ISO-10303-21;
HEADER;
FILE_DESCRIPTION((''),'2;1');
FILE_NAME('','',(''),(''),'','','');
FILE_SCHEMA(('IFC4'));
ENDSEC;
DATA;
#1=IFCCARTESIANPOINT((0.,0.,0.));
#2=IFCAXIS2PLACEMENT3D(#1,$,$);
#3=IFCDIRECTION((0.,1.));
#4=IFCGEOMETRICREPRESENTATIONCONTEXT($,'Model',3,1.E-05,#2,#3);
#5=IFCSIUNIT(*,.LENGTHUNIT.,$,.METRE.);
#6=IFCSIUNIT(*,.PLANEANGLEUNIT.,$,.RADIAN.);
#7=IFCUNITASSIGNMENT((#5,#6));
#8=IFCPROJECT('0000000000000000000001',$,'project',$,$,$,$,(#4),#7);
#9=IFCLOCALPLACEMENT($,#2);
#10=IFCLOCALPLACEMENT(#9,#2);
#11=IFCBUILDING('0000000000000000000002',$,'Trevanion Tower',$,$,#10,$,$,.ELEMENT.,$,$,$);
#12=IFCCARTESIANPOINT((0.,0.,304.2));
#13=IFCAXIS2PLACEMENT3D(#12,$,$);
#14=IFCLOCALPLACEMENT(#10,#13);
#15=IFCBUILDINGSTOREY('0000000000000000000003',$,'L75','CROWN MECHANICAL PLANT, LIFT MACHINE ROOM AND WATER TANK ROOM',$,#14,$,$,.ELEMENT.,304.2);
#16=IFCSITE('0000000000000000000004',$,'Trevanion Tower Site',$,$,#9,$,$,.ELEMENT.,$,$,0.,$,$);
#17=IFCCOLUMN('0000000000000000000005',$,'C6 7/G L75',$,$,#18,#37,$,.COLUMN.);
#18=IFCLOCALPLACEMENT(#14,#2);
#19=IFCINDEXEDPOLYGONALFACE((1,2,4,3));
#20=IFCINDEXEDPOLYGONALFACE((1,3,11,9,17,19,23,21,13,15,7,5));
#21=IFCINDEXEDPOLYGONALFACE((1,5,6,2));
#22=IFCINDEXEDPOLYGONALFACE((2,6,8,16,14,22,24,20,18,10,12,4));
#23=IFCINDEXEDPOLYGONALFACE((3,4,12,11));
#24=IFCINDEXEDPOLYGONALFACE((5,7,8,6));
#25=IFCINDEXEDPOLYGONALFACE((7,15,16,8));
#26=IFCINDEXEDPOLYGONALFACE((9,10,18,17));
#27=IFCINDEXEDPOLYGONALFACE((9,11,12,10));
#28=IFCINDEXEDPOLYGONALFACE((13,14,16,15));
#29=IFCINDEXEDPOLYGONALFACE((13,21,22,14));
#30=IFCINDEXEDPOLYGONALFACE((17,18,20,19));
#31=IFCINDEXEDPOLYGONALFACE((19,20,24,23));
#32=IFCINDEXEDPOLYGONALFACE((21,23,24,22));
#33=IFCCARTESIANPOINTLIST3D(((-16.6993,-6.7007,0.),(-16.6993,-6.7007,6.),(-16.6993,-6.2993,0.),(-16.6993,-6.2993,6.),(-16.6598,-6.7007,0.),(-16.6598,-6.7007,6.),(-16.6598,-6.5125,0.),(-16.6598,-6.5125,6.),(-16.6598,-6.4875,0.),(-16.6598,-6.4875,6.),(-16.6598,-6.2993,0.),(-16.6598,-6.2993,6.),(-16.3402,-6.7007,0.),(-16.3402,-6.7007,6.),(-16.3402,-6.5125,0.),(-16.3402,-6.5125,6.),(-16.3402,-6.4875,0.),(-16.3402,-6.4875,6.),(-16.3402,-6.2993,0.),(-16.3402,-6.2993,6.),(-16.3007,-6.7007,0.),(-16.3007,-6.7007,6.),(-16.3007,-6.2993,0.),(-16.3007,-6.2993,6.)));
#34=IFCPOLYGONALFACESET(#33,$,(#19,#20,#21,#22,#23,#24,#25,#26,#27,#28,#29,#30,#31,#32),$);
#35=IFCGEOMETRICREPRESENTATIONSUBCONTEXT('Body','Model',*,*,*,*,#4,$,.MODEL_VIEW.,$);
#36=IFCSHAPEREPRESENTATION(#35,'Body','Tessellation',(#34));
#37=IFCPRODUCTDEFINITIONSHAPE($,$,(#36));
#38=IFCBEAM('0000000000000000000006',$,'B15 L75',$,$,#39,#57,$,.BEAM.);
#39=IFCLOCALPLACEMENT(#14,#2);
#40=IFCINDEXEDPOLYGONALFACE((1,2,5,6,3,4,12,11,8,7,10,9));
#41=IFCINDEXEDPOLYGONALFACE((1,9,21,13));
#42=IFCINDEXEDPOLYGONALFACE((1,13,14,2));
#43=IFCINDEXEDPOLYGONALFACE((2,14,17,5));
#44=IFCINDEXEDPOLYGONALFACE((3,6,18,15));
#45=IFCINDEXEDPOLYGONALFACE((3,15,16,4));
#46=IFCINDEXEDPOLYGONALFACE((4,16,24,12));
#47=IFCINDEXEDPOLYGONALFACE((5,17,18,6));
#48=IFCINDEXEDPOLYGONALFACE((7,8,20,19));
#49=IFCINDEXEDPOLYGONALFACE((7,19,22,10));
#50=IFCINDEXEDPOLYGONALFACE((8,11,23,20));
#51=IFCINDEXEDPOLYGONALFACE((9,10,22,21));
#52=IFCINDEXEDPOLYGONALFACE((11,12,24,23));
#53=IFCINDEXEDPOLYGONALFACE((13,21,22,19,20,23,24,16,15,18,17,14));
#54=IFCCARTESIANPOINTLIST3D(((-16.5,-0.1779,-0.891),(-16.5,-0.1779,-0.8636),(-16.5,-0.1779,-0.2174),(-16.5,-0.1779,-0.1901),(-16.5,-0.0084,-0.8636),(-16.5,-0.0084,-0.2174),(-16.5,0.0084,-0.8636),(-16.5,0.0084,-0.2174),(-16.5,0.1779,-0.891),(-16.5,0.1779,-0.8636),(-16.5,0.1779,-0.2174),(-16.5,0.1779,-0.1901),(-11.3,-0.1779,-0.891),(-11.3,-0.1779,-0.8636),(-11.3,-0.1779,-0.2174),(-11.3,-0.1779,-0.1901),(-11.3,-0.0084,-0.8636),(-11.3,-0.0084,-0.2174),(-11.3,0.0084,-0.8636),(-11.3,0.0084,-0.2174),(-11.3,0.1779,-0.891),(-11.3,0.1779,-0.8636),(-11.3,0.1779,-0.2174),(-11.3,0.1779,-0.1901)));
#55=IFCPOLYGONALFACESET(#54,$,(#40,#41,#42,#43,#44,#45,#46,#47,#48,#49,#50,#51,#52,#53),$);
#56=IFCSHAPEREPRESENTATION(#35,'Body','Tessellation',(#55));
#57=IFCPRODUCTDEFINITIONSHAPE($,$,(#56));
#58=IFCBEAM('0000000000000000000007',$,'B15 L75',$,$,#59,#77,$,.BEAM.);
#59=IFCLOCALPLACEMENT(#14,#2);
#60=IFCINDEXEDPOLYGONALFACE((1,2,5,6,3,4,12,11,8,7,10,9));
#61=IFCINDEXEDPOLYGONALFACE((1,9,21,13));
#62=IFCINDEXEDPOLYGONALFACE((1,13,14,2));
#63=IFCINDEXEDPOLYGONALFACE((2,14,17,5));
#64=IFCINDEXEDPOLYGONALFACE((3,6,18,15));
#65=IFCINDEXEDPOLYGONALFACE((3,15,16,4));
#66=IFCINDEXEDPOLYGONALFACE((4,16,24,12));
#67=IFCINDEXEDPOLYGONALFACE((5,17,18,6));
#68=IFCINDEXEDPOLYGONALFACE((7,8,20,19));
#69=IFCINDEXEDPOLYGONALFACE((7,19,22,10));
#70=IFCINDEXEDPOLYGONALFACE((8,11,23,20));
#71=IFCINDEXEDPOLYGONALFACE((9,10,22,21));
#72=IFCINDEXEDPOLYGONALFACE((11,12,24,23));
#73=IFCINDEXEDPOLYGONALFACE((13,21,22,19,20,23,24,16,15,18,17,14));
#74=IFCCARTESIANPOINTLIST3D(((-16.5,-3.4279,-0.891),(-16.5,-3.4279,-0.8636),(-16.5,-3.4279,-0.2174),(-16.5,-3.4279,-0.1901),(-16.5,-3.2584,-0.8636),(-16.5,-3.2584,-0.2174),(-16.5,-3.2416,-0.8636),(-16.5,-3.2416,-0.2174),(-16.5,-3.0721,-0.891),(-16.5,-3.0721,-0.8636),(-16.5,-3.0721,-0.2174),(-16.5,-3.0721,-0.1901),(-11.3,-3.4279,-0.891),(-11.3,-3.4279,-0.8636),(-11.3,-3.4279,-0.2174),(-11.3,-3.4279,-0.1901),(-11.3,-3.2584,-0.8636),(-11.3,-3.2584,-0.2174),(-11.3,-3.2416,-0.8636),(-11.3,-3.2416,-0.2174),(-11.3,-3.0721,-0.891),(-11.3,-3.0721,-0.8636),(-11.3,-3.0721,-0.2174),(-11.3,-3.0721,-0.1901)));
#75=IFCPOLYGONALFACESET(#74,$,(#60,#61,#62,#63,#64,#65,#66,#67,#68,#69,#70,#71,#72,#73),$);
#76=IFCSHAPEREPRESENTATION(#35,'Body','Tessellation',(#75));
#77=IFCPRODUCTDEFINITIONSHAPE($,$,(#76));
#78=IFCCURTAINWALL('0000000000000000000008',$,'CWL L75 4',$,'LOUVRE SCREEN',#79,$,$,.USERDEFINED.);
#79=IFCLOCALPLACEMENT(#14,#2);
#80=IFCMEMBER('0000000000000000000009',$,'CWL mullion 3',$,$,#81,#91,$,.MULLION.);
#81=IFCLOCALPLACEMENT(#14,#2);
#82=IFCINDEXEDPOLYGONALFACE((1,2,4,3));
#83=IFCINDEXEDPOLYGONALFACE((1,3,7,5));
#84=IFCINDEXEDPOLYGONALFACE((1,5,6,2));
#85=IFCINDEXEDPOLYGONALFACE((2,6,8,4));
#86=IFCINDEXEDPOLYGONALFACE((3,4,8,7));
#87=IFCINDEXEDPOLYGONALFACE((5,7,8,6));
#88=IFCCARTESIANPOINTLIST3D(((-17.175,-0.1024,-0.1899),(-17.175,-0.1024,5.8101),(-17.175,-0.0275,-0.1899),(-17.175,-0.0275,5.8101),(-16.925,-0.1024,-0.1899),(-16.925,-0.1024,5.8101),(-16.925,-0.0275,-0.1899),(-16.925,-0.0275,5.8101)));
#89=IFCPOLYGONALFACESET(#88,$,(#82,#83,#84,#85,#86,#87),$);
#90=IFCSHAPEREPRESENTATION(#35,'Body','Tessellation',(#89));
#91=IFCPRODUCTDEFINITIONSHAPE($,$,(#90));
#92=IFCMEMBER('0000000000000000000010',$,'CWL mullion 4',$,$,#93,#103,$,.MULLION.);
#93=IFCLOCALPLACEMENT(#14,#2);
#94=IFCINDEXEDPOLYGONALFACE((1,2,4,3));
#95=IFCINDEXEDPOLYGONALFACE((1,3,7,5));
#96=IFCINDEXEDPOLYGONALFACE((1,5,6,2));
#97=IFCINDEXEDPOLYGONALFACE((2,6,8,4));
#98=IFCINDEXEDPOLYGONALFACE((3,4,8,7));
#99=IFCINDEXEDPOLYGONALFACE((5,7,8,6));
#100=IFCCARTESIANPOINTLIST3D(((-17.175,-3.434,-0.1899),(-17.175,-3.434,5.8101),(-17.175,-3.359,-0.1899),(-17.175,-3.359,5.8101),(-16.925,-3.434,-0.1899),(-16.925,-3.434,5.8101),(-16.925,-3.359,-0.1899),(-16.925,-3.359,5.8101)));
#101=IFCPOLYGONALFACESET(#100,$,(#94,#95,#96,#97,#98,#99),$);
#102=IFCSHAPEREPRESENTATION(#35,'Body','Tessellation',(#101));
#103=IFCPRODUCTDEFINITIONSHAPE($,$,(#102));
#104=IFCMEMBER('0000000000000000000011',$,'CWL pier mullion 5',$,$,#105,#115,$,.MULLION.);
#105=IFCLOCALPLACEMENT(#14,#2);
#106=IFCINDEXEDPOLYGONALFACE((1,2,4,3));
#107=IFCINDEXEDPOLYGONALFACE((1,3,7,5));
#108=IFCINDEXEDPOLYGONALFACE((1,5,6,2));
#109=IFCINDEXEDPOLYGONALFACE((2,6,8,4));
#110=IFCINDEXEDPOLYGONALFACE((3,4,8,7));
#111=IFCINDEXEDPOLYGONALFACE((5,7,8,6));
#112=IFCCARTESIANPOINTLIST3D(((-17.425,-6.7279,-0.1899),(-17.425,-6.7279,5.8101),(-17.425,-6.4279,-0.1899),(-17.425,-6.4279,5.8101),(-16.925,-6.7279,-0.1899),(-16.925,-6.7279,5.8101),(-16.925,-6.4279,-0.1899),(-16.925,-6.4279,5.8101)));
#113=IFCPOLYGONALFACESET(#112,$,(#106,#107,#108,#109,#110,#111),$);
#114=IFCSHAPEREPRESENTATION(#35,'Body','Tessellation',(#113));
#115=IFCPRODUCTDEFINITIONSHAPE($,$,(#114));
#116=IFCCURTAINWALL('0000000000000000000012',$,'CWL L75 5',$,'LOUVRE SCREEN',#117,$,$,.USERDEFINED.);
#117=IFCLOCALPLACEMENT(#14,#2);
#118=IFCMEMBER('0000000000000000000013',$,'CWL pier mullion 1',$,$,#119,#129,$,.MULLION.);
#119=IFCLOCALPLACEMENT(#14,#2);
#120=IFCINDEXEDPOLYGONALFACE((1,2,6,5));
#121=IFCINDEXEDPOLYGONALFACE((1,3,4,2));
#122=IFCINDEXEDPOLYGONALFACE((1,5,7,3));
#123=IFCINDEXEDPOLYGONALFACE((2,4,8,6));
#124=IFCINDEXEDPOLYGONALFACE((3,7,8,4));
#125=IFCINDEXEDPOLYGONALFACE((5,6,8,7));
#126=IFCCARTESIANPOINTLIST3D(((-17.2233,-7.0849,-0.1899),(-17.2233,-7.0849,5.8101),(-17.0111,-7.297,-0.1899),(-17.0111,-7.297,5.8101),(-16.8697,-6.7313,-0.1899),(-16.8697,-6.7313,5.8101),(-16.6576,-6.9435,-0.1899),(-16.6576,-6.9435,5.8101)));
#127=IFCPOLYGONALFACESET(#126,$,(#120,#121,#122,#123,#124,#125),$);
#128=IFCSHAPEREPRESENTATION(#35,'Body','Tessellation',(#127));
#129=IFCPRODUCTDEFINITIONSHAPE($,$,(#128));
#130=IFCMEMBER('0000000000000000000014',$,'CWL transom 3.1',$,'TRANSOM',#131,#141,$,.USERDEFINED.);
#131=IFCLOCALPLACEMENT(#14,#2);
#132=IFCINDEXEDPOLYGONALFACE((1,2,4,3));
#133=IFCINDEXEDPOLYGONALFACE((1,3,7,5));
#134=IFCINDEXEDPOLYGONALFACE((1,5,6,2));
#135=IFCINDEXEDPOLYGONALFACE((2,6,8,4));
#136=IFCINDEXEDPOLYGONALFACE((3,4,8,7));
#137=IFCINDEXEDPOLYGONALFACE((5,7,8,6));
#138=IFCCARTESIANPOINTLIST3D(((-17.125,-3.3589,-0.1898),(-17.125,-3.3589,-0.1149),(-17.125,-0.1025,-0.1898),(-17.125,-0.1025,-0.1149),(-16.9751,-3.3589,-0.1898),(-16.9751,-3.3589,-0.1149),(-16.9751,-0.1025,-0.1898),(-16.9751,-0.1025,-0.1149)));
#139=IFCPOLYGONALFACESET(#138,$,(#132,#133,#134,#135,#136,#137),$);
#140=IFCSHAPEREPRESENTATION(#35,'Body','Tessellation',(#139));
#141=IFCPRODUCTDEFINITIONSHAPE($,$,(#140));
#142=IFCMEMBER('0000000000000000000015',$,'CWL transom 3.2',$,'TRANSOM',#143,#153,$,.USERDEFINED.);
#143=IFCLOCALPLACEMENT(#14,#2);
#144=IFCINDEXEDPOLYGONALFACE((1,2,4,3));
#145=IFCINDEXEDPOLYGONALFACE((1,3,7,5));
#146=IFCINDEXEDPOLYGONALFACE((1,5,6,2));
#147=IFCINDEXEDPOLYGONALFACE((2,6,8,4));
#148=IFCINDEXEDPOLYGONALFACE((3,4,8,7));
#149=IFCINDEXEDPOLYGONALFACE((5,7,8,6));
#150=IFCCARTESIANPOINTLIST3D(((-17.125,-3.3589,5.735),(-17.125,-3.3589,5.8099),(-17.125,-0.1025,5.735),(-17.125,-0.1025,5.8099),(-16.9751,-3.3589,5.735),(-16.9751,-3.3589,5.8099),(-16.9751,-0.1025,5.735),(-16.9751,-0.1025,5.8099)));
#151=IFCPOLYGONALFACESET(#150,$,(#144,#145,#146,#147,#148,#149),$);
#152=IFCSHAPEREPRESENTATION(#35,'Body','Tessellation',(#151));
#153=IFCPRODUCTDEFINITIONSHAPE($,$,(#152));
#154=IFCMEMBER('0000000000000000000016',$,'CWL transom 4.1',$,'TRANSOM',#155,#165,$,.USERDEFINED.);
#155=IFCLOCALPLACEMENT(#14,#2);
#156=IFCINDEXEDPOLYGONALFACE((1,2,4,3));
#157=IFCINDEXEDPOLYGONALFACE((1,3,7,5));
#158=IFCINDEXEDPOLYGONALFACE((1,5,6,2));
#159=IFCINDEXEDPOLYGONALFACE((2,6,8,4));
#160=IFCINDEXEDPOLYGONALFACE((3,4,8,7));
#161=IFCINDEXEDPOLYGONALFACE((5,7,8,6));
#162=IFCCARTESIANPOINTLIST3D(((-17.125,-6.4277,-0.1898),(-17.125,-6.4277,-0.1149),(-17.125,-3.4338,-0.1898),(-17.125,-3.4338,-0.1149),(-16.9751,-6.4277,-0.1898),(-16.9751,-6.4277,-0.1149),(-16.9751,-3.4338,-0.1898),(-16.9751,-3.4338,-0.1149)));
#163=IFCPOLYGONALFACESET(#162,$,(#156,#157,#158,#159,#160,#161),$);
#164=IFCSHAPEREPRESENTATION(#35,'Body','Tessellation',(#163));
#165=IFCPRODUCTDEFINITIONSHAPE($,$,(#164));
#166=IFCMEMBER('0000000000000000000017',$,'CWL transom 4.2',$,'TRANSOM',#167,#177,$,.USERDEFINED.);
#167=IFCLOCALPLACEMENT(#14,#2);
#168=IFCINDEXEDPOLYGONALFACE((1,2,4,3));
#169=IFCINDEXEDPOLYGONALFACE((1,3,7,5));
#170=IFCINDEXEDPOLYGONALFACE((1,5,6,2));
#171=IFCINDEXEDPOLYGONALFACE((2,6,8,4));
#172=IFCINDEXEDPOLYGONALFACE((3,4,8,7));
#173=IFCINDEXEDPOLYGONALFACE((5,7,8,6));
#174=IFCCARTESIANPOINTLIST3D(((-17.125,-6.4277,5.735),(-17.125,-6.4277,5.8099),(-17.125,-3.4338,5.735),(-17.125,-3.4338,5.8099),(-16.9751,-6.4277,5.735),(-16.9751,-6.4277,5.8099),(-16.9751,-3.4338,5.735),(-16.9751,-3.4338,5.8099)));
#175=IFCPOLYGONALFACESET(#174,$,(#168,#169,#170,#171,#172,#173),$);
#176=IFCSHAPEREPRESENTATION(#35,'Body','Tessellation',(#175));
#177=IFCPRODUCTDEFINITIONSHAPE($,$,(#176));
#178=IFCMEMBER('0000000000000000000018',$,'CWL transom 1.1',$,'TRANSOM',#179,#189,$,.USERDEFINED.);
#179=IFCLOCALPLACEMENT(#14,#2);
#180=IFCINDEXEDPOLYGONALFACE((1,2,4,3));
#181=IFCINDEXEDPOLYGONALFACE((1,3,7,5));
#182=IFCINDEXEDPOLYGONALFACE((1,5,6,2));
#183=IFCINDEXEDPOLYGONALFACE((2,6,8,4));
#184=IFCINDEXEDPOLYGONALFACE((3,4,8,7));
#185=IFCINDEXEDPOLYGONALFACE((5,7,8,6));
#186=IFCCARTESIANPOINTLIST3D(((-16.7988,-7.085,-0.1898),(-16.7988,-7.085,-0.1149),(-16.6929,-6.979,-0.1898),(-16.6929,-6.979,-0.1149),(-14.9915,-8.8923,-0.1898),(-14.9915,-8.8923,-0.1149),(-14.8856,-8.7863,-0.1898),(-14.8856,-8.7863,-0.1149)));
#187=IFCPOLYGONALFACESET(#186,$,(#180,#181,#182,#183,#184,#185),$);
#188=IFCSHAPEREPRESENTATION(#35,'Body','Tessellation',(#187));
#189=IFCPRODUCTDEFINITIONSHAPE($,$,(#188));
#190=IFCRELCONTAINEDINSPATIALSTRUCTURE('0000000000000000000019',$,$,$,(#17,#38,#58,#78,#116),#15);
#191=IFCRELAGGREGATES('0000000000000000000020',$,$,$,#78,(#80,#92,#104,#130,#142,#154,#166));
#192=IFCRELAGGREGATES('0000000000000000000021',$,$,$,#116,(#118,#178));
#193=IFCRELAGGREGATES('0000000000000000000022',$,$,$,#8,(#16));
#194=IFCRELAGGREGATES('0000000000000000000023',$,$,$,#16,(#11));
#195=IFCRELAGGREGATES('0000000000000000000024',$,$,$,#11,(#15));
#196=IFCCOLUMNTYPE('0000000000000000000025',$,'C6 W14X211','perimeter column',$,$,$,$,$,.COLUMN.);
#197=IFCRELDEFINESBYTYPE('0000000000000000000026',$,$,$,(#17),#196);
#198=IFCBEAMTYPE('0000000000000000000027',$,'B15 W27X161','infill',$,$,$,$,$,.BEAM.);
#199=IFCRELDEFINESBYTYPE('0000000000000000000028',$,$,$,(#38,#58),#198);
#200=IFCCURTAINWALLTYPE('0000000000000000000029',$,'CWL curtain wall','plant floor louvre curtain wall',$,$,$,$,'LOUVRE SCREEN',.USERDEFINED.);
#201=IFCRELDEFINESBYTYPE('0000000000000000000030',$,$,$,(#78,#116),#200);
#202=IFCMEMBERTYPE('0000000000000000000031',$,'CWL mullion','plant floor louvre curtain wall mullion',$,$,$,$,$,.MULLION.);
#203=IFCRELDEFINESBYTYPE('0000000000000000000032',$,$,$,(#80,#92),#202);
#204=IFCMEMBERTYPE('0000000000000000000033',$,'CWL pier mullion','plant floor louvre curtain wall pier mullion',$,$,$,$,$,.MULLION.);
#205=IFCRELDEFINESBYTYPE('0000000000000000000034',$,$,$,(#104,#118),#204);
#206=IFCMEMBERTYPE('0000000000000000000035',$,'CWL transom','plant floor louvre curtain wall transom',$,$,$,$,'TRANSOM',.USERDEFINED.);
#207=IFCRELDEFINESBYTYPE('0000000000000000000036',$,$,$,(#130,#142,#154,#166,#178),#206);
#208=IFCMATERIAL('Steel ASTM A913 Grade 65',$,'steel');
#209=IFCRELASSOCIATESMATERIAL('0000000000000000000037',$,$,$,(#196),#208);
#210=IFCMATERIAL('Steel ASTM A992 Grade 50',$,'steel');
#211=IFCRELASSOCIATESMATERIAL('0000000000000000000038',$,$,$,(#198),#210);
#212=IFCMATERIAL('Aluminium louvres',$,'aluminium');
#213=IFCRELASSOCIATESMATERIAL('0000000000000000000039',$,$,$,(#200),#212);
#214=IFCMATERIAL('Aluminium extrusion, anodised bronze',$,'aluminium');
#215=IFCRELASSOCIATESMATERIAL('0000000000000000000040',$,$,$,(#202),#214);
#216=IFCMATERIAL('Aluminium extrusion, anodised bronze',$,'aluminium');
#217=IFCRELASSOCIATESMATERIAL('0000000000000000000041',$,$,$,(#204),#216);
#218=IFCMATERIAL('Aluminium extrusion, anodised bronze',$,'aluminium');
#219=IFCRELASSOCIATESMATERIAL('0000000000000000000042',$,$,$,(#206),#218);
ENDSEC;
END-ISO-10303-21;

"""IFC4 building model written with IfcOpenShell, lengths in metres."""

from ifc_helpers import new_model, si_unit, direction, frame, origin, origin_2d, place, context, subcontext, project, spatial, rectangle, i_section, extrude, material, material_profile, profile_set, type_object, element, aggregate, save


model = new_model("IFC4")

# Units and contexts
model_context = context("Model", 3, precision=1e-05, world=origin(), true_north=direction((0.0, 1.0)))
body_context = subcontext(model_context, "Body", "Model", "MODEL_VIEW")
ifc_project = project(units=[si_unit("LENGTHUNIT", "METRE"), si_unit("PLANEANGLEUNIT", "RADIAN")], contexts=[model_context])

# Site, building, storey
site_placement = place(None, origin())
site = spatial("IfcSite", under=ifc_project, at=site_placement, Name="Trevanion Tower Site", CompositionType="ELEMENT", RefElevation=0.0)
building_placement = place(site_placement, origin())
building = spatial("IfcBuilding", under=site, at=building_placement, Name="Trevanion Tower", CompositionType="ELEMENT")
storey_placement = place(building_placement, frame((0.0, 0.0, 304.2)))
storey = spatial("IfcBuildingStorey", under=building, at=storey_placement, Name="L75", Description="CROWN MECHANICAL PLANT, LIFT MACHINE ROOM AND WATER TANK ROOM", CompositionType="ELEMENT", Elevation=304.2)

# Column
ifc_material_1 = material(Name="Steel ASTM A913 Grade 65", Category="steel")
ifc_material_profile_1 = material_profile(ifc_material_1, i_section(OverallWidth=0.4014, OverallDepth=0.3987, WebThickness=0.0249, FlangeThickness=0.0396, at=origin_2d()), Name="W14X211")
ifc_profile_set_1 = profile_set([ifc_material_profile_1], Name="Steel ASTM A913 Grade 65")
column_type = type_object("IfcColumnType", Name="C6 W14X211", Description="perimeter column", PredefinedType="COLUMN", material=ifc_profile_set_1)
column_placement = place(storey_placement, frame((-16.5, -6.5, 0.0), z_axis=(0.0, 0.0, 1.0), x_axis=(0.0, 1.0, 0.0)))
element("IfcColumn", 1, at=column_placement, inside=storey, type_object=column_type, Name="C6 7/G L75", PredefinedType="COLUMN", context=body_context, shape_type="SweptSolid", body=[
    extrude(i_section(OverallWidth=0.4014, OverallDepth=0.3987, WebThickness=0.0249, FlangeThickness=0.0396, at=origin_2d()), origin(), (0.0, 0.0, 1.0), 6.0),
])

# Beams
ifc_material_2 = material(Name="Steel ASTM A992 Grade 50", Category="steel")
ifc_material_profile_2 = material_profile(ifc_material_2, i_section(OverallWidth=0.3557, OverallDepth=0.7009, WebThickness=0.0168, FlangeThickness=0.0273, at=origin_2d()), Name="W27X161")
ifc_profile_set_2 = profile_set([ifc_material_profile_2], Name="Steel ASTM A992 Grade 50")
beam_type_1 = type_object("IfcBeamType", Name="B15 W27X161", Description="infill", PredefinedType="BEAM", material=ifc_profile_set_2)
for number, where, z_axis, x_axis, name in (
    (2, (-11.3, 0.0, -0.5405), (-1.0, 0.0, 0.0), (0.0, -1.0, 0.0), "B15 L75"),
    (3, (-11.3, -3.25, -0.5405), (-1.0, 0.0, 0.0), (0.0, -1.0, 0.0), "B15 L75"),
):
    element("IfcBeam", number, at=place(storey_placement, frame(where, z_axis=z_axis, x_axis=x_axis)), inside=storey, type_object=beam_type_1, Name=name, PredefinedType="BEAM", context=body_context, shape_type="SweptSolid", body=[
        extrude(i_section(OverallWidth=0.3557, OverallDepth=0.7009, WebThickness=0.0168, FlangeThickness=0.0273, at=origin_2d()), origin(), (0.0, 0.0, 1.0), 5.2),
    ])

# Curtain wall, members
ifc_material_3 = material(Name="Aluminium louvres", Category="aluminium")
curtain_wall_type = type_object("IfcCurtainWallType", Name="CWL curtain wall", Description="plant floor louvre curtain wall", ElementType="LOUVRE SCREEN", PredefinedType="USERDEFINED", material=ifc_material_3)
curtain_wall_1_placement = place(storey_placement, origin())
curtain_wall_1 = element("IfcCurtainWall", 4, at=curtain_wall_1_placement, inside=storey, type_object=curtain_wall_type, Name="CWL L75 4", ObjectType="LOUVRE SCREEN", PredefinedType="USERDEFINED")
ifc_material_4 = material(Name="Aluminium extrusion, anodised bronze", Category="aluminium")
ifc_material_profile_3 = material_profile(ifc_material_4, rectangle(XDim=0.075, YDim=0.25, at=origin_2d()), Name="CWL mullion")
ifc_profile_set_3 = profile_set([ifc_material_profile_3], Name="Aluminium extrusion, anodised bronze")
member_type_1 = type_object("IfcMemberType", Name="CWL mullion", Description="plant floor louvre curtain wall mullion", PredefinedType="MULLION", material=ifc_profile_set_3)
member_1_placement = place(storey_placement, frame((-17.05, -0.0649, -0.1899), z_axis=(0.0, 0.0, 1.0), x_axis=(0.0, -1.0, 0.0)))
member_1 = element("IfcMember", 5, at=member_1_placement, type_object=member_type_1, Name="CWL mullion 3", PredefinedType="MULLION", context=body_context, shape_type="SweptSolid", body=[
    extrude(rectangle(XDim=0.075, YDim=0.25, at=origin_2d()), origin(), (0.0, 0.0, 1.0), 6.0),
])
member_2_placement = place(storey_placement, frame((-17.05, -3.3965, -0.1899), z_axis=(0.0, 0.0, 1.0), x_axis=(0.0, -1.0, 0.0)))
member_2 = element("IfcMember", 6, at=member_2_placement, type_object=member_type_1, Name="CWL mullion 4", PredefinedType="MULLION", context=body_context, shape_type="SweptSolid", body=[
    extrude(rectangle(XDim=0.075, YDim=0.25, at=origin_2d()), origin(), (0.0, 0.0, 1.0), 6.0),
])
ifc_material_5 = material(Name="Aluminium extrusion, anodised bronze", Category="aluminium")
ifc_material_profile_4 = material_profile(ifc_material_5, rectangle(XDim=0.3, YDim=0.5, at=origin_2d()), Name="CWL pier mullion")
ifc_profile_set_4 = profile_set([ifc_material_profile_4], Name="Aluminium extrusion, anodised bronze")
member_type_2 = type_object("IfcMemberType", Name="CWL pier mullion", Description="plant floor louvre curtain wall pier mullion", PredefinedType="MULLION", material=ifc_profile_set_4)
member_3_placement = place(storey_placement, frame((-17.175, -6.5779, -0.1899), z_axis=(0.0, 0.0, 1.0), x_axis=(0.0, -1.0, 0.0)))
member_3 = element("IfcMember", 7, at=member_3_placement, type_object=member_type_2, Name="CWL pier mullion 5", PredefinedType="MULLION", context=body_context, shape_type="SweptSolid", body=[
    extrude(rectangle(XDim=0.3, YDim=0.5, at=origin_2d()), origin(), (0.0, 0.0, 1.0), 6.0),
])

# Curtain wall, member
curtain_wall_2_placement = place(storey_placement, origin())
curtain_wall_2 = element("IfcCurtainWall", 8, at=curtain_wall_2_placement, inside=storey, type_object=curtain_wall_type, Name="CWL L75 5", ObjectType="LOUVRE SCREEN", PredefinedType="USERDEFINED")
member_4_placement = place(storey_placement, frame((-16.9404, -7.0142, -0.1899), z_axis=(0.0, 0.0, 1.0), x_axis=(0.707107, -0.707107, 0.0)))
member_4 = element("IfcMember", 9, at=member_4_placement, type_object=member_type_2, Name="CWL pier mullion 1", PredefinedType="MULLION", context=body_context, shape_type="SweptSolid", body=[
    extrude(rectangle(XDim=0.3, YDim=0.5, at=origin_2d()), origin(), (0.0, 0.0, 1.0), 6.0),
])

# Members
ifc_material_6 = material(Name="Aluminium extrusion, anodised bronze", Category="aluminium")
ifc_material_profile_5 = material_profile(ifc_material_6, rectangle(XDim=0.1499, YDim=0.075, at=origin_2d()), Name="CWL transom")
ifc_profile_set_5 = profile_set([ifc_material_profile_5], Name="Aluminium extrusion, anodised bronze")
member_type_3 = type_object("IfcMemberType", Name="CWL transom", Description="plant floor louvre curtain wall transom", ElementType="TRANSOM", PredefinedType="USERDEFINED", material=ifc_profile_set_5)
member_5_placement = place(storey_placement, frame((-17.05, -0.1025, -0.1523), z_axis=(0.0, -1.0, 0.0), x_axis=(1.0, 0.0, 0.0)))
member_5 = element("IfcMember", 10, at=member_5_placement, type_object=member_type_3, Name="CWL transom 3.1", ObjectType="TRANSOM", PredefinedType="USERDEFINED", context=body_context, shape_type="SweptSolid", body=[
    extrude(rectangle(XDim=0.1499, YDim=0.075, at=origin_2d()), origin(), (0.0, 0.0, 1.0), 3.2563),
])
member_6_placement = place(storey_placement, frame((-17.05, -0.1025, 5.7725), z_axis=(0.0, -1.0, 0.0), x_axis=(1.0, 0.0, 0.0)))
member_6 = element("IfcMember", 11, at=member_6_placement, type_object=member_type_3, Name="CWL transom 3.2", ObjectType="TRANSOM", PredefinedType="USERDEFINED", context=body_context, shape_type="SweptSolid", body=[
    extrude(rectangle(XDim=0.1499, YDim=0.075, at=origin_2d()), origin(), (0.0, 0.0, 1.0), 3.2563),
])
member_7_placement = place(storey_placement, frame((-17.05, -3.4338, -0.1523), z_axis=(0.0, -1.0, 0.0), x_axis=(1.0, 0.0, 0.0)))
member_7 = element("IfcMember", 12, at=member_7_placement, type_object=member_type_3, Name="CWL transom 4.1", ObjectType="TRANSOM", PredefinedType="USERDEFINED", context=body_context, shape_type="SweptSolid", body=[
    extrude(rectangle(XDim=0.1499, YDim=0.075, at=origin_2d()), origin(), (0.0, 0.0, 1.0), 2.9939),
])
member_8_placement = place(storey_placement, frame((-17.05, -3.4338, 5.7725), z_axis=(0.0, -1.0, 0.0), x_axis=(1.0, 0.0, 0.0)))
member_8 = element("IfcMember", 13, at=member_8_placement, type_object=member_type_3, Name="CWL transom 4.2", ObjectType="TRANSOM", PredefinedType="USERDEFINED", context=body_context, shape_type="SweptSolid", body=[
    extrude(rectangle(XDim=0.1499, YDim=0.075, at=origin_2d()), origin(), (0.0, 0.0, 1.0), 2.9939),
])
member_9_placement = place(storey_placement, frame((-16.7458, -7.032, -0.1523), z_axis=(0.707107, -0.707107, 0.0), x_axis=(0.707107, 0.707107, 0.0)))
member_9 = element("IfcMember", 14, at=member_9_placement, type_object=member_type_3, Name="CWL transom 1.1", ObjectType="TRANSOM", PredefinedType="USERDEFINED", context=body_context, shape_type="SweptSolid", body=[
    extrude(rectangle(XDim=0.1499, YDim=0.075, at=origin_2d()), origin(), (0.0, 0.0, 1.0), 2.5559),
])

aggregate(curtain_wall_1, [member_1, member_2, member_3, member_5, member_6, member_7, member_8])
aggregate(curtain_wall_2, [member_4, member_9])

save(model, "model.ifc")
